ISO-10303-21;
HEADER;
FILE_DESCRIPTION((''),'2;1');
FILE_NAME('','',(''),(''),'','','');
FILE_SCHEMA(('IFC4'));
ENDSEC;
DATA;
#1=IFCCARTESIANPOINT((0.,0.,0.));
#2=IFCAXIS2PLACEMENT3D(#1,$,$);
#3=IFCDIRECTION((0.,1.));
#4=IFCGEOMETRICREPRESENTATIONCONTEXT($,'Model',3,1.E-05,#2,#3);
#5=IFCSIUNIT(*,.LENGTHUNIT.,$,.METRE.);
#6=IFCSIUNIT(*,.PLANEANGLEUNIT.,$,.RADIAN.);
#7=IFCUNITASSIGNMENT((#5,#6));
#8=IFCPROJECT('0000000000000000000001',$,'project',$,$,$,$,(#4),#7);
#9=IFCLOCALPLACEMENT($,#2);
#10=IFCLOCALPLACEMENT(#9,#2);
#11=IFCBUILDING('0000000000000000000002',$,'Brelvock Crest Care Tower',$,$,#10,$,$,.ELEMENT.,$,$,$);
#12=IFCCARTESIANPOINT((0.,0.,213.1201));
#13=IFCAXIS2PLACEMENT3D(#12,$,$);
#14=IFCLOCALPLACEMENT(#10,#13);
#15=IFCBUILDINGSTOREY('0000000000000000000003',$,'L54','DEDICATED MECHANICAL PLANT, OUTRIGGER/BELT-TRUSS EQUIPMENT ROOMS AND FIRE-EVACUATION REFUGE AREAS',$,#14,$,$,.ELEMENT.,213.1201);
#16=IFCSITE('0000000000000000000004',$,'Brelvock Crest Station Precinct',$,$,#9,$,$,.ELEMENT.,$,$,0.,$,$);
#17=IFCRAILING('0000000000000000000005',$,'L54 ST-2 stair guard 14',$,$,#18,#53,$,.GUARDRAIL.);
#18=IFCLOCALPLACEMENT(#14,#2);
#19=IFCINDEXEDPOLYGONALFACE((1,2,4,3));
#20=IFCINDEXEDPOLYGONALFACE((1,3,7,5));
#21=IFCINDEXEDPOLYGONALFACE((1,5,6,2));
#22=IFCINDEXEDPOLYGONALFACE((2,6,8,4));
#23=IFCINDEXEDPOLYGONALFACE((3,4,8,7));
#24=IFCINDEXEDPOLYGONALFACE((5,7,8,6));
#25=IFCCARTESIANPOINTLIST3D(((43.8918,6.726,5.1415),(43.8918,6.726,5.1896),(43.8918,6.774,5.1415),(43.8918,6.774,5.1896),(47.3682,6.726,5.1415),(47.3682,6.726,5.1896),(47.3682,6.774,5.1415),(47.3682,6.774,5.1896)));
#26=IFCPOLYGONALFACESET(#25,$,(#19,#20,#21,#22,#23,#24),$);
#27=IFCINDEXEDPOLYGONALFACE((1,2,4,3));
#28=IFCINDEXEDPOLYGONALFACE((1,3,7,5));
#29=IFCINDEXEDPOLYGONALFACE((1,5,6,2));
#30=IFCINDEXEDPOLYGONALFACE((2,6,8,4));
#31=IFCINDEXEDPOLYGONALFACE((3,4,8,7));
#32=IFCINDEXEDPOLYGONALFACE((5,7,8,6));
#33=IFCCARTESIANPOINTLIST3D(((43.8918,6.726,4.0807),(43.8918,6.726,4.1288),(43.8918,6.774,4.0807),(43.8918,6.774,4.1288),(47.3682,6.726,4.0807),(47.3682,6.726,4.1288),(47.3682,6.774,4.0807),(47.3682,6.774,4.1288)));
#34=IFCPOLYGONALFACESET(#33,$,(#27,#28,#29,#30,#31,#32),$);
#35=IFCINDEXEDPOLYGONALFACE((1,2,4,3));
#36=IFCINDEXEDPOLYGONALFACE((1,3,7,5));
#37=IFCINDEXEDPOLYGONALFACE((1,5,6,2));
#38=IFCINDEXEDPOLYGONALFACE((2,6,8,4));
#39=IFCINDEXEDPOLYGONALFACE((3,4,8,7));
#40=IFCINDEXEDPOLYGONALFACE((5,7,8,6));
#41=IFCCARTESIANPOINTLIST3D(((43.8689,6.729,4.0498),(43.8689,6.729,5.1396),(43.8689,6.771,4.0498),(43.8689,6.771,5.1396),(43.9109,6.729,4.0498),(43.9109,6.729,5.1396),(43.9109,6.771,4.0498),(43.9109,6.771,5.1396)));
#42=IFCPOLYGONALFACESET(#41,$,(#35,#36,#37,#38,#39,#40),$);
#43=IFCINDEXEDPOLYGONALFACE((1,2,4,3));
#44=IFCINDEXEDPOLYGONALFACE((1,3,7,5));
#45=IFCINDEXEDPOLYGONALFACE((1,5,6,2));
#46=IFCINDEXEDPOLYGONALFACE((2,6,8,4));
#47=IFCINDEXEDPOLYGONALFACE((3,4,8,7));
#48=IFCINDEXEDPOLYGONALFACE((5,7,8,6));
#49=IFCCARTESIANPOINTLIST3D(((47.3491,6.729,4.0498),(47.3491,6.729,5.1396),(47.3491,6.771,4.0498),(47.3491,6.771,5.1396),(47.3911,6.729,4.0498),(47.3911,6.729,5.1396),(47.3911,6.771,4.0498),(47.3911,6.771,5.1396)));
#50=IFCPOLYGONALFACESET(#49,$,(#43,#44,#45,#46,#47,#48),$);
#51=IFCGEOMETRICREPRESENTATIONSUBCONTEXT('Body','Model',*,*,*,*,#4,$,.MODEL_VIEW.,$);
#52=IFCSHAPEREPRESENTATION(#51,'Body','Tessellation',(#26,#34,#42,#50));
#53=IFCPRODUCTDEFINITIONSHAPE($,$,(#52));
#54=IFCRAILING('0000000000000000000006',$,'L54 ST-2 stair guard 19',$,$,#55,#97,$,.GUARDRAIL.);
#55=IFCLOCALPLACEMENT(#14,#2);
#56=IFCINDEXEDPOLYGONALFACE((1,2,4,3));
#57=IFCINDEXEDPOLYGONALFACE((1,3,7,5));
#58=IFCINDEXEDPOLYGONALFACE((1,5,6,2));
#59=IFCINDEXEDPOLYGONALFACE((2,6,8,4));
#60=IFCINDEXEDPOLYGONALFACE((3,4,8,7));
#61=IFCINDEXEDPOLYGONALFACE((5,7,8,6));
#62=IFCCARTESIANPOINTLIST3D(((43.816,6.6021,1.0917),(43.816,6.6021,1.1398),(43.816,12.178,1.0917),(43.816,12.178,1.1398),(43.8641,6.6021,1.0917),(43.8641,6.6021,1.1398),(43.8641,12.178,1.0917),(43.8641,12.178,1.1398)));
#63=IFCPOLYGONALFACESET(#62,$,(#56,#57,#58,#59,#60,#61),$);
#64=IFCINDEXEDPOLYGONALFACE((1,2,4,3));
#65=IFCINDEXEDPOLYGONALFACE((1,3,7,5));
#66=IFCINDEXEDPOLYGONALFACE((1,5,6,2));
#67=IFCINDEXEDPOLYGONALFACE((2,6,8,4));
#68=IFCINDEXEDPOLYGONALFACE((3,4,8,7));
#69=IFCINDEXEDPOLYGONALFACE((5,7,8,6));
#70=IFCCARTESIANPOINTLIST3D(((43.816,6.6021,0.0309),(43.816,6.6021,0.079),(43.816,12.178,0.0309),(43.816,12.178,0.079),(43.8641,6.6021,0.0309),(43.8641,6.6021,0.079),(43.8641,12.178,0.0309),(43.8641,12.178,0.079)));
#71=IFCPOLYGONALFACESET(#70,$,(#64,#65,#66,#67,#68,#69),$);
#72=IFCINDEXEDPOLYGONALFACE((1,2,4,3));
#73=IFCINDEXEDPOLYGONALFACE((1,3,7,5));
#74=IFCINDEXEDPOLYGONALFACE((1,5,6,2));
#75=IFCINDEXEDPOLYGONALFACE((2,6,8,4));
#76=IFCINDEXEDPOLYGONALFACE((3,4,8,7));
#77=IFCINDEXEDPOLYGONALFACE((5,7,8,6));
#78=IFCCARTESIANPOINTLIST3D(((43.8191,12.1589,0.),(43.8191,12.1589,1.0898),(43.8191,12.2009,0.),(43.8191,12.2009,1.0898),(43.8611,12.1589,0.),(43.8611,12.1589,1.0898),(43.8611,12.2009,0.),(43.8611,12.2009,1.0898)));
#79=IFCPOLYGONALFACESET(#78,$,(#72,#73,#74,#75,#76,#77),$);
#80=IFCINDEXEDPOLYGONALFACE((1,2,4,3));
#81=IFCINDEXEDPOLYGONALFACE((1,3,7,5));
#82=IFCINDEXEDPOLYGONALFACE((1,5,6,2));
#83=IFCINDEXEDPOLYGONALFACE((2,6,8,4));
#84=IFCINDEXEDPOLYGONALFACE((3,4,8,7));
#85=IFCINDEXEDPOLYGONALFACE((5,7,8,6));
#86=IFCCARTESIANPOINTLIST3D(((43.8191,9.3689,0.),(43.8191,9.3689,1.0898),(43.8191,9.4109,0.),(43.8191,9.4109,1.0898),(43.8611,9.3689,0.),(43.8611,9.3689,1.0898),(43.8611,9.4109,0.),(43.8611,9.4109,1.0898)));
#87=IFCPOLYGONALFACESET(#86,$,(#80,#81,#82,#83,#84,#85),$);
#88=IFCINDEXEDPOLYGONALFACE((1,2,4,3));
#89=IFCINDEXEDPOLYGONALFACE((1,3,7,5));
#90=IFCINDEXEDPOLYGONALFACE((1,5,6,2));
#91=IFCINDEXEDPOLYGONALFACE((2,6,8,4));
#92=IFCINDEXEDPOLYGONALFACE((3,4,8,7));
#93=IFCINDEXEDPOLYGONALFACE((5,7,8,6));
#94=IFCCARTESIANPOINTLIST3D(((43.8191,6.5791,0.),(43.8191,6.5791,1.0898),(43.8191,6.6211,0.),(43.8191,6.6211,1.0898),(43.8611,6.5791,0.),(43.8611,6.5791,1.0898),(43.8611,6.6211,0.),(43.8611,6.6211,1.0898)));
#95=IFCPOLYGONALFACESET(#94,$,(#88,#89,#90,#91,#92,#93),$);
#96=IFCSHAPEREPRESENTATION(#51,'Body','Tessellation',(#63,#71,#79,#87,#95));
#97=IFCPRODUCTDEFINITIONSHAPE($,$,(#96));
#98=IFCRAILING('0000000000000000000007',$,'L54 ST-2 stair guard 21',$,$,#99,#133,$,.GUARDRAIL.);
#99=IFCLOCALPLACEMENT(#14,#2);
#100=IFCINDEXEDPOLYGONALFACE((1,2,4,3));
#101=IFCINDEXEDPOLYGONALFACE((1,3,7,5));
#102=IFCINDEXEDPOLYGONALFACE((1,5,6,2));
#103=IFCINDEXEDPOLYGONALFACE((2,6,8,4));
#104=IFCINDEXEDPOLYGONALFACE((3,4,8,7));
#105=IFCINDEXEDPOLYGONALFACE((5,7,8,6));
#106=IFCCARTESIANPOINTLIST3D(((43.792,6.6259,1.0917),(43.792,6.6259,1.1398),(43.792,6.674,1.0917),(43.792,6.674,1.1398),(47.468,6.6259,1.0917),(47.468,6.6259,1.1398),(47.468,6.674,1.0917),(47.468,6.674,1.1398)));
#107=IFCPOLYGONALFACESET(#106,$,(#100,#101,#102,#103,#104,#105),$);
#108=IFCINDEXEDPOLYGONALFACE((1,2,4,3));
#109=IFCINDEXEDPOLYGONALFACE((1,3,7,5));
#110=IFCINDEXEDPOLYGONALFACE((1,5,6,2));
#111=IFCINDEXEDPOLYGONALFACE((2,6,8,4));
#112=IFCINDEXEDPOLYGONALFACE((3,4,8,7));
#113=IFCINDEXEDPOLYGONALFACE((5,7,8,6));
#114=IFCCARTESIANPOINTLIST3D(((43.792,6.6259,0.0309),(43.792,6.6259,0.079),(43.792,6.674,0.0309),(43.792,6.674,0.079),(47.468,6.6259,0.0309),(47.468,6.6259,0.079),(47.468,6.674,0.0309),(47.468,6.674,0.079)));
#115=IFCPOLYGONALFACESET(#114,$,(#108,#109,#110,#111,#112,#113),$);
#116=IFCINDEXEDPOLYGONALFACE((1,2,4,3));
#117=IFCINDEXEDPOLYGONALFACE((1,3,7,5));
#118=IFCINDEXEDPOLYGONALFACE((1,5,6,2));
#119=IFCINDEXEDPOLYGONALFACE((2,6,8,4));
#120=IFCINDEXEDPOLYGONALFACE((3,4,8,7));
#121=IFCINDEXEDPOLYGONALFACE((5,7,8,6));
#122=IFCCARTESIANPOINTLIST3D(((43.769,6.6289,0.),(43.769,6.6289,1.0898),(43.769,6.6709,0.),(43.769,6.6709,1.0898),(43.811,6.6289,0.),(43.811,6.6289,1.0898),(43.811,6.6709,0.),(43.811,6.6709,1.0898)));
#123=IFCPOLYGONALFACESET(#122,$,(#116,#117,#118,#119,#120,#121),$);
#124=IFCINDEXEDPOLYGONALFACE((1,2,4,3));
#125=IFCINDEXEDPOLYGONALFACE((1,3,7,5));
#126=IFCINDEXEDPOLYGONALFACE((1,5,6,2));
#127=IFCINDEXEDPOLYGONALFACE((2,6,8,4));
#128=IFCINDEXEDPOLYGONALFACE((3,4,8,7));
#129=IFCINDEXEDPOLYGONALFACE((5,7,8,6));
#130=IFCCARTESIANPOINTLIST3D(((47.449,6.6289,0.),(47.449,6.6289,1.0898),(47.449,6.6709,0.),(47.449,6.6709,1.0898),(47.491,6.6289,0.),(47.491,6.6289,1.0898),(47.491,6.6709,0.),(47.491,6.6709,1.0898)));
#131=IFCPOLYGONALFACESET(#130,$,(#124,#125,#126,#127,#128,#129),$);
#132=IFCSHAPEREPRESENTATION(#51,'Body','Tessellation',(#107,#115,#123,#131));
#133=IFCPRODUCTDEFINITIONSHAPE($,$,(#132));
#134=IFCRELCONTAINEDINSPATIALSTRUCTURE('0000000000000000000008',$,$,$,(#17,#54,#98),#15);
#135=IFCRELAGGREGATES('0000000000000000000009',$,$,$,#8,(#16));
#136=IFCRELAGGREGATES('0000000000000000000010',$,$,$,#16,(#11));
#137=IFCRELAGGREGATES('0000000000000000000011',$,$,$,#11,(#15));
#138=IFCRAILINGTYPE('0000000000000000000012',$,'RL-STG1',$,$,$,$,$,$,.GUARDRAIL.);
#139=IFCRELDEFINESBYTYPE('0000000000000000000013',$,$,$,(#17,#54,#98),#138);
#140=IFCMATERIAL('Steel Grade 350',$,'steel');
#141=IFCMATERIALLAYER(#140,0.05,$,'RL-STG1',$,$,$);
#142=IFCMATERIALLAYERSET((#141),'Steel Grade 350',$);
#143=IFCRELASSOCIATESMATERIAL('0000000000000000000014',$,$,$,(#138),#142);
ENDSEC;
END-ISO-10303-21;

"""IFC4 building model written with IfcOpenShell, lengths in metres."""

from ifc_helpers import new_model, si_unit, direction, frame, origin, origin_2d, place, context, subcontext, project, spatial, rectangle, extrude, material, layer, layer_set, type_object, element, save


model = new_model("IFC4")

# Units and contexts
model_context = context("Model", 3, precision=1e-05, world=origin(), true_north=direction((0.0, 1.0)))
body_context = subcontext(model_context, "Body", "Model", "MODEL_VIEW")
ifc_project = project(units=[si_unit("LENGTHUNIT", "METRE"), si_unit("PLANEANGLEUNIT", "RADIAN")], contexts=[model_context])

# Site, building, storey
site_placement = place(None, origin())
site = spatial("IfcSite", under=ifc_project, at=site_placement, Name="Brelvock Crest Station Precinct", CompositionType="ELEMENT", RefElevation=0.0)
building_placement = place(site_placement, origin())
building = spatial("IfcBuilding", under=site, at=building_placement, Name="Brelvock Crest Care Tower", CompositionType="ELEMENT")
storey_placement = place(building_placement, frame((0.0, 0.0, 213.1201)))
storey = spatial("IfcBuildingStorey", under=building, at=storey_placement, Name="L54", Description="DEDICATED MECHANICAL PLANT, OUTRIGGER/BELT-TRUSS EQUIPMENT ROOMS AND FIRE-EVACUATION REFUGE AREAS", CompositionType="ELEMENT", Elevation=213.1201)

# Shared definitions
ifc_material_1 = material(Name="Steel Grade 350", Category="steel")

# Railings
ifc_layer_1 = layer(ifc_material_1, 0.05, Name="RL-STG1")
ifc_layer_set_1 = layer_set([ifc_layer_1], Name="Steel Grade 350")
railing_type = type_object("IfcRailingType", Name="RL-STG1", PredefinedType="GUARDRAIL", material=ifc_layer_set_1)
for number, where, name in (
    (1, (43.8899, 6.75, 4.0498), "L54 ST-2 stair guard 14"),
):
    element("IfcRailing", number, at=place(storey_placement, frame(where)), inside=storey, type_object=railing_type, Name=name, PredefinedType="GUARDRAIL", context=body_context, shape_type="SweptSolid", body=[
        extrude(rectangle(XDim=0.0481, YDim=0.0481, at=origin_2d()), frame((0.002, 0.0, 1.1157), z_axis=(1.0, 0.0, 0.0), x_axis=(0.0, 1.0, 0.0)), (0.0, 0.0, 1.0), 3.4763),
        extrude(rectangle(XDim=0.0481, YDim=0.0481, at=origin_2d()), frame((0.002, 0.0, 0.0549), z_axis=(1.0, 0.0, 0.0), x_axis=(0.0, 1.0, 0.0)), (0.0, 0.0, 1.0), 3.4763),
        extrude(rectangle(XDim=0.042, YDim=0.042, at=origin_2d()), origin(), (0.0, 0.0, 1.0), 1.0898),
        extrude(rectangle(XDim=0.042, YDim=0.042, at=origin_2d()), frame((3.4802, 0.0, 0.0)), (0.0, 0.0, 1.0), 1.0898),
    ])
railing_1_placement = place(storey_placement, frame((43.8401, 12.1799, 0.0)))
element("IfcRailing", 2, at=railing_1_placement, inside=storey, type_object=railing_type, Name="L54 ST-2 stair guard 19", PredefinedType="GUARDRAIL", context=body_context, shape_type="SweptSolid", body=[
    extrude(rectangle(XDim=0.0481, YDim=0.0481, at=origin_2d()), frame((0.0, -0.002, 1.1157), z_axis=(0.0, -1.0, 0.0), x_axis=(1.0, 0.0, 0.0)), (0.0, 0.0, 1.0), 5.5759),
    extrude(rectangle(XDim=0.0481, YDim=0.0481, at=origin_2d()), frame((0.0, -0.002, 0.0549), z_axis=(0.0, -1.0, 0.0), x_axis=(1.0, 0.0, 0.0)), (0.0, 0.0, 1.0), 5.5759),
    extrude(rectangle(XDim=0.042, YDim=0.042, at=origin_2d()), origin(), (0.0, 0.0, 1.0), 1.0898),
    extrude(rectangle(XDim=0.042, YDim=0.042, at=origin_2d()), frame((0.0, -2.79, 0.0)), (0.0, 0.0, 1.0), 1.0898),
    extrude(rectangle(XDim=0.042, YDim=0.042, at=origin_2d()), frame((0.0, -5.5798, 0.0)), (0.0, 0.0, 1.0), 1.0898),
])
railing_2_placement = place(storey_placement, frame((43.79, 6.6499, 0.0)))
element("IfcRailing", 3, at=railing_2_placement, inside=storey, type_object=railing_type, Name="L54 ST-2 stair guard 21", PredefinedType="GUARDRAIL", context=body_context, shape_type="SweptSolid", body=[
    extrude(rectangle(XDim=0.0481, YDim=0.0481, at=origin_2d()), frame((0.002, 0.0, 1.1157), z_axis=(1.0, 0.0, 0.0), x_axis=(0.0, 1.0, 0.0)), (0.0, 0.0, 1.0), 3.676),
    extrude(rectangle(XDim=0.0481, YDim=0.0481, at=origin_2d()), frame((0.002, 0.0, 0.0549), z_axis=(1.0, 0.0, 0.0), x_axis=(0.0, 1.0, 0.0)), (0.0, 0.0, 1.0), 3.676),
    extrude(rectangle(XDim=0.042, YDim=0.042, at=origin_2d()), origin(), (0.0, 0.0, 1.0), 1.0898),
    extrude(rectangle(XDim=0.042, YDim=0.042, at=origin_2d()), frame((3.6799, 0.0, 0.0)), (0.0, 0.0, 1.0), 1.0898),
])

save(model, "model.ifc")
